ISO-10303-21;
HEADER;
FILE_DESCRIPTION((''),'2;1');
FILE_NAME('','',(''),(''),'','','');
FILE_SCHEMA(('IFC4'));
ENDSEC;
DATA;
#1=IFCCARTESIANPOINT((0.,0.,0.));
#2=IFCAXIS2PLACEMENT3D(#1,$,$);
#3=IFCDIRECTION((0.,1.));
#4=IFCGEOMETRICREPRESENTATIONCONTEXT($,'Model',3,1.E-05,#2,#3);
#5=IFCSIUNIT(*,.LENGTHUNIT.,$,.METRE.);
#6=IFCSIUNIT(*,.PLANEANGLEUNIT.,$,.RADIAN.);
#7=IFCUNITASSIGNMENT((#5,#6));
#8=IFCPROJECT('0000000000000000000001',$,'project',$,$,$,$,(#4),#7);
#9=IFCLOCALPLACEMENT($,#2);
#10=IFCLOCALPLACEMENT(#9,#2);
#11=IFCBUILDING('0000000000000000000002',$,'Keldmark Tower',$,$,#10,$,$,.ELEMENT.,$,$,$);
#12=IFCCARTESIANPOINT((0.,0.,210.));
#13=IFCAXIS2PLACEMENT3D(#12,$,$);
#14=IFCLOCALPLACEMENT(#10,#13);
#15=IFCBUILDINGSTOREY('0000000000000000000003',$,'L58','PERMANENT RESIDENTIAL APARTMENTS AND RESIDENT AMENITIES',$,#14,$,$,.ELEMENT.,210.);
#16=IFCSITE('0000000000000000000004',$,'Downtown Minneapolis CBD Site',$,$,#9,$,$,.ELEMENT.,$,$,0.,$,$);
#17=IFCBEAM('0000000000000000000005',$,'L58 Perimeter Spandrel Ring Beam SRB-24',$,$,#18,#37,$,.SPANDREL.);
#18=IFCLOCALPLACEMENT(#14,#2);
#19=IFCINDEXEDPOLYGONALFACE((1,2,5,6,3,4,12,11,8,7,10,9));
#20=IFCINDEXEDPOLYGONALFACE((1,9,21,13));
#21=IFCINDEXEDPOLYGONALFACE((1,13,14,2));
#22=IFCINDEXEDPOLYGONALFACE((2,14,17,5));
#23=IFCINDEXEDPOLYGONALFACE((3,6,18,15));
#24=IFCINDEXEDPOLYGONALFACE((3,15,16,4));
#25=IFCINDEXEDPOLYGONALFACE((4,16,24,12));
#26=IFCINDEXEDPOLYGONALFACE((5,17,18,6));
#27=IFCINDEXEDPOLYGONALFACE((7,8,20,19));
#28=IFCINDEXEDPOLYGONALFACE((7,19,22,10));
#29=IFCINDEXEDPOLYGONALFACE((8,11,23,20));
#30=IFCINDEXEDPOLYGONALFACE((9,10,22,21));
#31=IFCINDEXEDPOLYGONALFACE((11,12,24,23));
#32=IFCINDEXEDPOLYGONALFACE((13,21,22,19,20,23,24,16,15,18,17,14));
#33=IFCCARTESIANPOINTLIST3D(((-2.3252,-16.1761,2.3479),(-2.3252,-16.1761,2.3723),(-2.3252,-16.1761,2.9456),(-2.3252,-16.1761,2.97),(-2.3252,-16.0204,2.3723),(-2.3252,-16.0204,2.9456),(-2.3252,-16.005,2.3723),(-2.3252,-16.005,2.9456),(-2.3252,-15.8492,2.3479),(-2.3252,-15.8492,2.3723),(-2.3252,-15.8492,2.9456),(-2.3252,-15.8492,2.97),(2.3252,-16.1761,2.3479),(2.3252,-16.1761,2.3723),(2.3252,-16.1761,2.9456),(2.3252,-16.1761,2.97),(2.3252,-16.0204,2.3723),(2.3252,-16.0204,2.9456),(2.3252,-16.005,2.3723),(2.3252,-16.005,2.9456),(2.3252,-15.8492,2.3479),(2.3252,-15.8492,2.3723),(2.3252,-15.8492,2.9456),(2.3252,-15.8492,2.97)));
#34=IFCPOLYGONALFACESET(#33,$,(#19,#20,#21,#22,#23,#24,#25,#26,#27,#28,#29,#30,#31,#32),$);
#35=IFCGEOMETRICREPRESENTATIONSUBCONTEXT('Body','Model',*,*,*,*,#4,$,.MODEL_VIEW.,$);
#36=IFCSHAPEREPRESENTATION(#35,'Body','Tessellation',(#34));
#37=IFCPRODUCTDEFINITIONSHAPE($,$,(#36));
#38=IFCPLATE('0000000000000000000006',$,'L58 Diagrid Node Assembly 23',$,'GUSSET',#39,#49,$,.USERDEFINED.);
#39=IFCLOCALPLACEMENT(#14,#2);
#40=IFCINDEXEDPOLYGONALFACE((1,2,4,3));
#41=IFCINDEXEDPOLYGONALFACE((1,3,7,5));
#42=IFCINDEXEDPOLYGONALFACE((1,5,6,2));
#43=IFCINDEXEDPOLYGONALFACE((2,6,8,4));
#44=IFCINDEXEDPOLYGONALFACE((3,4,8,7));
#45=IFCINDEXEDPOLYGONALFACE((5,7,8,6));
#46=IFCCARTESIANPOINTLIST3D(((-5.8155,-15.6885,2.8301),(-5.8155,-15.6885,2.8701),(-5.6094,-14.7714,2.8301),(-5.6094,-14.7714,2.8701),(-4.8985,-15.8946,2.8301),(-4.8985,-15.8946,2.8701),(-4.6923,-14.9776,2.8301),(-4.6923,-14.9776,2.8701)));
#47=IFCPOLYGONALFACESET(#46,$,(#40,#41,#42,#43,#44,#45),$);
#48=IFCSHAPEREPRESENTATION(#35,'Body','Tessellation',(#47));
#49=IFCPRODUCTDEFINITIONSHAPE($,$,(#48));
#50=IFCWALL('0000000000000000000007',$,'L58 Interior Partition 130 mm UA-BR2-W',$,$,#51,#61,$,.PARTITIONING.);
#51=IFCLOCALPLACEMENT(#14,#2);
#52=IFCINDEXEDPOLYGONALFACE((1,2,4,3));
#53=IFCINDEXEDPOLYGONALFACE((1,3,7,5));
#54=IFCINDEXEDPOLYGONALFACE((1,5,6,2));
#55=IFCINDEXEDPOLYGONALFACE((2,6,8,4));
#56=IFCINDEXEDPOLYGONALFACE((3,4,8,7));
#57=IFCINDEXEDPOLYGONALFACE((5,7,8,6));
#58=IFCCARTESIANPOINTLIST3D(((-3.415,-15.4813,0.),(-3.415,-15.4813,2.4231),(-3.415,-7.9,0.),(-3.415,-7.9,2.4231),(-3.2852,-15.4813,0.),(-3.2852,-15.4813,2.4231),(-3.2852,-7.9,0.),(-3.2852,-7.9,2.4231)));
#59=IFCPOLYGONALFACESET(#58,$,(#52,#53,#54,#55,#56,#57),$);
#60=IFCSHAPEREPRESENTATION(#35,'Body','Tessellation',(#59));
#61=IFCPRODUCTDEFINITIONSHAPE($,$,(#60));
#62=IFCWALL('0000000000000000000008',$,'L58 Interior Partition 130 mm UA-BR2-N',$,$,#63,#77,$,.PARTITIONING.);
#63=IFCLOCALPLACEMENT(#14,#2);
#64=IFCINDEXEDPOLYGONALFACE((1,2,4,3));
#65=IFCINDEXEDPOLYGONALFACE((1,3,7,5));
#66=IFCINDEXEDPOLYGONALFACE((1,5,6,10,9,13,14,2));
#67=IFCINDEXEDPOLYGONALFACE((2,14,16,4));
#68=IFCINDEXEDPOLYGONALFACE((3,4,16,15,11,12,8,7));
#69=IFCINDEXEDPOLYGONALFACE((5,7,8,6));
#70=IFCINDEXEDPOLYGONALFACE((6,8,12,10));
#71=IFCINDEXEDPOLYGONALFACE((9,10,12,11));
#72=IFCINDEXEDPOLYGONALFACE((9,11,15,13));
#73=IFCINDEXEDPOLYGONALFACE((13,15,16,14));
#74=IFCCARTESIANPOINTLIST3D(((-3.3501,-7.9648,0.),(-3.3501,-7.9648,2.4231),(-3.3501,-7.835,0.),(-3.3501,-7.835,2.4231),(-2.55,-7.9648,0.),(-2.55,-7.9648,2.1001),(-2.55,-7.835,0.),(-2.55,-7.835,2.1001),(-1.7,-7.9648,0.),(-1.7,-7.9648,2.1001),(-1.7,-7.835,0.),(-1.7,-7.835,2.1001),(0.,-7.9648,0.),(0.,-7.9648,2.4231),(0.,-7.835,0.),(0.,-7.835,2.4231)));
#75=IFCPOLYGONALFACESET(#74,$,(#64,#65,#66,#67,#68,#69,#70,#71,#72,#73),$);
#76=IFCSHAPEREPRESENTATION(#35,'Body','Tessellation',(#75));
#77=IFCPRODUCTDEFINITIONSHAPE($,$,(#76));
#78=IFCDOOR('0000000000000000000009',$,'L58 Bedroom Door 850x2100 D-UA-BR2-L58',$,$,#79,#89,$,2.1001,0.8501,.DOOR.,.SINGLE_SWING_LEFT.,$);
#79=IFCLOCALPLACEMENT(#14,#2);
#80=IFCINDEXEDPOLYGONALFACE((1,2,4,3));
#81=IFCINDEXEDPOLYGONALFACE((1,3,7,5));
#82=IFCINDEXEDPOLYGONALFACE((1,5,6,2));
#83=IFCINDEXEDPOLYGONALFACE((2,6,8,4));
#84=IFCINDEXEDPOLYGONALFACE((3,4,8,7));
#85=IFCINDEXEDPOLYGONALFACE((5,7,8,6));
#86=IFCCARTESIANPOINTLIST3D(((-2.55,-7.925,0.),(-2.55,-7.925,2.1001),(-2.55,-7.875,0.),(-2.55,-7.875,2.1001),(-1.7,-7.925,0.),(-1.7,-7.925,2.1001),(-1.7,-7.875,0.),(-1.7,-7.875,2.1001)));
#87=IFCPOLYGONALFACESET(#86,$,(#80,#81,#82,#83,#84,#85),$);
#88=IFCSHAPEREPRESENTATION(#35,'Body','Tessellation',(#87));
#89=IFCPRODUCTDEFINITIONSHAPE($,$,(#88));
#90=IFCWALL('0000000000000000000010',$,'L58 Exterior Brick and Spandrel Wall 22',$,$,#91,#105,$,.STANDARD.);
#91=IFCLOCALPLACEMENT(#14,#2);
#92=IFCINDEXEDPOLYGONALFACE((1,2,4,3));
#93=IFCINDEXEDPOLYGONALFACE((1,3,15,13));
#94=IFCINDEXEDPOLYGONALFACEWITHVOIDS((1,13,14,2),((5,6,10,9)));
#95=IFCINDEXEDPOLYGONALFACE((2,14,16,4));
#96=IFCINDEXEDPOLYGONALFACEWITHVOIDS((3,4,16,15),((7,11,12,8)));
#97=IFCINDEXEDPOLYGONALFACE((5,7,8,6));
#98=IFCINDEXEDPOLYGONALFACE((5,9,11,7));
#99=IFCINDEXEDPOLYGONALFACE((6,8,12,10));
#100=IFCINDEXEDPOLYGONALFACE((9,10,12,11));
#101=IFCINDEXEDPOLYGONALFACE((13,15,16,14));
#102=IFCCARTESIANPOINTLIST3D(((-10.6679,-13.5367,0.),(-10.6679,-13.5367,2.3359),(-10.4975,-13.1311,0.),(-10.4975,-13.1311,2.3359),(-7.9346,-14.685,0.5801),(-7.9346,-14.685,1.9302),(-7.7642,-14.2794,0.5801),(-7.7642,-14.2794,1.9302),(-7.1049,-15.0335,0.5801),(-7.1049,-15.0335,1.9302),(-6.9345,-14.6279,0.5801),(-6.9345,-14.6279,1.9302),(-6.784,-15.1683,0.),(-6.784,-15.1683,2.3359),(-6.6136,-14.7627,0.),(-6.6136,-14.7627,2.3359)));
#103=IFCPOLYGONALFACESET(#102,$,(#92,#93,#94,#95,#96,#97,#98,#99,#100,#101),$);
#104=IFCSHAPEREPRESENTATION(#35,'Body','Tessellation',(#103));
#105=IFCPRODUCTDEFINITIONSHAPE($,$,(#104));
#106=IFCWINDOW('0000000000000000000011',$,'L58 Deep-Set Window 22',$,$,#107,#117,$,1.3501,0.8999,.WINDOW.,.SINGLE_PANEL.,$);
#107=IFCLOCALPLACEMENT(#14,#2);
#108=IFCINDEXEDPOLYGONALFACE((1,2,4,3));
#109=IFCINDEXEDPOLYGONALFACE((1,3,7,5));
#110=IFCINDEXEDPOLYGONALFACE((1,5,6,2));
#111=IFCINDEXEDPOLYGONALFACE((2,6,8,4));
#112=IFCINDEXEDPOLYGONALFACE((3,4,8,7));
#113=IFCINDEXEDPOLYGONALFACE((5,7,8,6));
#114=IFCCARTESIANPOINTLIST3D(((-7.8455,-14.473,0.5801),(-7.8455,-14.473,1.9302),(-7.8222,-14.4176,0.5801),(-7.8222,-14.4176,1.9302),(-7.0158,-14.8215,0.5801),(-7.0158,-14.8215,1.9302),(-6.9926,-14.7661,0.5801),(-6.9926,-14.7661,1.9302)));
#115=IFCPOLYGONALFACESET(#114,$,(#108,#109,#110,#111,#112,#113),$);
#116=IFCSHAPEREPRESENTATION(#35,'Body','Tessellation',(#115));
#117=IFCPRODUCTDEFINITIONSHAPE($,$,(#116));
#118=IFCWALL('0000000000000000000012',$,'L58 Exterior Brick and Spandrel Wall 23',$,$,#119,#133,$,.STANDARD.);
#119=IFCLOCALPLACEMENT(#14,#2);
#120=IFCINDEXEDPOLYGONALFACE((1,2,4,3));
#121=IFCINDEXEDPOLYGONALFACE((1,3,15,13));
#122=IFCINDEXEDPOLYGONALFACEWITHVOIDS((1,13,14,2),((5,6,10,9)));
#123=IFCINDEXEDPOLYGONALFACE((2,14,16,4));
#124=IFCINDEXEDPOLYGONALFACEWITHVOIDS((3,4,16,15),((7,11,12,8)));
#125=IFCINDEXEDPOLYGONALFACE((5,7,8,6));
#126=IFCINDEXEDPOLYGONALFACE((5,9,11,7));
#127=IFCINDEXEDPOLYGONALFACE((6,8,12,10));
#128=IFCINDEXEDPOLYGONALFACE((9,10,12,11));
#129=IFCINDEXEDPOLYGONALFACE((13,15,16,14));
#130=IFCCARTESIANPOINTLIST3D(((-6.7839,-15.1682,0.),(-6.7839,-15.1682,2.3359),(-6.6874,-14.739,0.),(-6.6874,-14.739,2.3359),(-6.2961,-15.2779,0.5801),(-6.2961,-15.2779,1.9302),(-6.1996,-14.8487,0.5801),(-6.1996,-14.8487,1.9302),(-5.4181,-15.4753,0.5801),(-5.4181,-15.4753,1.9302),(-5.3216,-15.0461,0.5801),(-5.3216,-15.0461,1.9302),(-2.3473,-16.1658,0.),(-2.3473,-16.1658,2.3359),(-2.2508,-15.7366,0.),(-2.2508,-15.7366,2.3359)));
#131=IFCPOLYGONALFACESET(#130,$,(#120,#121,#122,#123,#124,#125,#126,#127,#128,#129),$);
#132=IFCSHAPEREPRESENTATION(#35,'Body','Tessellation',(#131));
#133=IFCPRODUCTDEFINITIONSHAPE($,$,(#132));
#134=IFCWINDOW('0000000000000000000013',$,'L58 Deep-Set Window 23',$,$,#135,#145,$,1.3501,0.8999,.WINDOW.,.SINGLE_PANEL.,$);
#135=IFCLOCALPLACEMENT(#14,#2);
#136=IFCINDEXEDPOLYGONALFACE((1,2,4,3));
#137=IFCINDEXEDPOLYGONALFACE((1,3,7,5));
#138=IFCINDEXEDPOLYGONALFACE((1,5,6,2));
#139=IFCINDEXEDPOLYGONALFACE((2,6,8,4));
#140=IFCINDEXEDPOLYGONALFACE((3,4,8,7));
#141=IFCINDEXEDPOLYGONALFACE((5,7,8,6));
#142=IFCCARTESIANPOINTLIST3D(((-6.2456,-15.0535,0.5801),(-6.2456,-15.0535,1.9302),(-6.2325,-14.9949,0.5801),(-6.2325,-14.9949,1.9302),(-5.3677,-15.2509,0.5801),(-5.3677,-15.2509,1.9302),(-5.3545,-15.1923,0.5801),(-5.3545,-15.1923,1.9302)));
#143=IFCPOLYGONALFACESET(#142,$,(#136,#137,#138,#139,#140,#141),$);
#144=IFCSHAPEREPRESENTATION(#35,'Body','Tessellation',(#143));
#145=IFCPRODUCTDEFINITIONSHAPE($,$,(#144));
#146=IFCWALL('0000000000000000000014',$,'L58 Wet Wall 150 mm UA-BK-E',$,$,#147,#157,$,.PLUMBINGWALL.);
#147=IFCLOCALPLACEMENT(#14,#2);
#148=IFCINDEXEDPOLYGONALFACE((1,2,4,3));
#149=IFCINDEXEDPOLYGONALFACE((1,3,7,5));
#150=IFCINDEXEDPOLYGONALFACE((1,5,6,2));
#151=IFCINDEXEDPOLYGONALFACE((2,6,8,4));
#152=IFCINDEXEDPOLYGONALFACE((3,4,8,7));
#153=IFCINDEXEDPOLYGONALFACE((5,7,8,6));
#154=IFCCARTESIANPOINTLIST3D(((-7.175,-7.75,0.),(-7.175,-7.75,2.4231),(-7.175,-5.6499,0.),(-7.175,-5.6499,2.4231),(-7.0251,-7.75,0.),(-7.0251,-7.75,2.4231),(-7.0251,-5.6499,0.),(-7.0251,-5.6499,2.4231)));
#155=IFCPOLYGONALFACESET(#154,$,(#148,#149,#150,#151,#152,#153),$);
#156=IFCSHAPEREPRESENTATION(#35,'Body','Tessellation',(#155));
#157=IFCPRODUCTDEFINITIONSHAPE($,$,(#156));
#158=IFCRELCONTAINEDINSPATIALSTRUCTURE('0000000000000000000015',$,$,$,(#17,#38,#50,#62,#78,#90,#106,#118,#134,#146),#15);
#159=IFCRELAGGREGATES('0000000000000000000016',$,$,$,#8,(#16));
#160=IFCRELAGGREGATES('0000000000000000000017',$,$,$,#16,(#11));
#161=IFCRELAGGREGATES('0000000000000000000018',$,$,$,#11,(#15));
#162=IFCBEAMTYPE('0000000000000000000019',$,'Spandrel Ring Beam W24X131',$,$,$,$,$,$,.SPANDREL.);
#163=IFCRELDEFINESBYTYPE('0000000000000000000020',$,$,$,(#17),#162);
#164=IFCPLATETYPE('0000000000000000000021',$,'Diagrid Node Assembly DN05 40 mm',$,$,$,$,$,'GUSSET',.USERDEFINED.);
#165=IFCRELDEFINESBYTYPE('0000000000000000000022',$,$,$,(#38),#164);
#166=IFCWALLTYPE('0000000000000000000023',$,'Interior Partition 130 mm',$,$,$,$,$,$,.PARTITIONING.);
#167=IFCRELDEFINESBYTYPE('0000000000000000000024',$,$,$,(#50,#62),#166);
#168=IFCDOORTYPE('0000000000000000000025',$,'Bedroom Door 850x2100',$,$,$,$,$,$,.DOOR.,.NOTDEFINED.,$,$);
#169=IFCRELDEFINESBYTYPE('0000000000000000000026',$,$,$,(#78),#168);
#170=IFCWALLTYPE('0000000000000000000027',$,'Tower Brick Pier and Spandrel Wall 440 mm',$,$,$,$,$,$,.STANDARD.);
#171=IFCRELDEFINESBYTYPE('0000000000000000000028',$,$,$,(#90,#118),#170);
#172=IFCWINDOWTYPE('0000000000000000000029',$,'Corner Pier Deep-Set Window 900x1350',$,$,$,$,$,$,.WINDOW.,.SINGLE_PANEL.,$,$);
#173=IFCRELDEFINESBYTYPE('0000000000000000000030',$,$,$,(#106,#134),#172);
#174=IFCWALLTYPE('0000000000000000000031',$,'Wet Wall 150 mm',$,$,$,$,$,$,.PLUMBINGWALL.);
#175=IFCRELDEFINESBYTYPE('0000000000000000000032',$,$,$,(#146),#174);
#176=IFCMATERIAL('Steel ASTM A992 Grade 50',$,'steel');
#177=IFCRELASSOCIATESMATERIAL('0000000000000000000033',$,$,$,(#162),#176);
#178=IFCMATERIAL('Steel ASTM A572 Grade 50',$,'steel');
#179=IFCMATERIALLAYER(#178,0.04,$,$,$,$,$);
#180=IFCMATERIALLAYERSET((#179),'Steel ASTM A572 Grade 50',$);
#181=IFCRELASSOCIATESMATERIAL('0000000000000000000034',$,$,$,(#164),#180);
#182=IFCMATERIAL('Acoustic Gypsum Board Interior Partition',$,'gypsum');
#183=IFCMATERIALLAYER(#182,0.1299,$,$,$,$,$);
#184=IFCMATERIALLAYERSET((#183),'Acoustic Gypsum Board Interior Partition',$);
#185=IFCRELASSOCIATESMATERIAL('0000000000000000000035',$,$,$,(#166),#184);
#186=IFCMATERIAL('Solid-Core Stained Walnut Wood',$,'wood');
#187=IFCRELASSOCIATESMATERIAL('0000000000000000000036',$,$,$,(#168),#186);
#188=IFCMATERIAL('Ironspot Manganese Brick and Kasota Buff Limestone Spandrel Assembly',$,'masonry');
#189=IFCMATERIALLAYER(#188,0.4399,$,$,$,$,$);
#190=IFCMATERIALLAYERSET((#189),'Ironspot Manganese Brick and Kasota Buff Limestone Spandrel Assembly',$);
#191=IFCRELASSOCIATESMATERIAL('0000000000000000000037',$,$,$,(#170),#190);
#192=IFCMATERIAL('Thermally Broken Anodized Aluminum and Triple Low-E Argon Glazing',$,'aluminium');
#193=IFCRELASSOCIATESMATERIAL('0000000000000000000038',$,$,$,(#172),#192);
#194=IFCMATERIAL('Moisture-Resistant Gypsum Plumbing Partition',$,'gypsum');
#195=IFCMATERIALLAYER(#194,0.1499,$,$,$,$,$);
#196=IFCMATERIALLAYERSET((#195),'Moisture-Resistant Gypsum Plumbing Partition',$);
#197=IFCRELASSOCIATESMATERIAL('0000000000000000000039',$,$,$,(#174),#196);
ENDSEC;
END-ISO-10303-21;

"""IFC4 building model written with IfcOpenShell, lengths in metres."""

from ifc_helpers import new_model, si_unit, direction, frame, frame_2d, origin, origin_2d, place, context, subcontext, project, spatial, rectangle, i_section, extrude, material, layer, layer_set, material_profile, profile_set, type_object, element, fill, save


model = new_model("IFC4")

# Units and contexts
model_context = context("Model", 3, precision=1e-05, world=origin(), true_north=direction((0.0, 1.0)))
body_context = subcontext(model_context, "Body", "Model", "MODEL_VIEW")
ifc_project = project(units=[si_unit("LENGTHUNIT", "METRE"), si_unit("PLANEANGLEUNIT", "RADIAN")], contexts=[model_context])

# Site, building, storey
site_placement = place(None, origin())
site = spatial("IfcSite", under=ifc_project, at=site_placement, Name="Downtown Minneapolis CBD Site", CompositionType="ELEMENT", RefElevation=0.0)
building_placement = place(site_placement, origin())
building = spatial("IfcBuilding", under=site, at=building_placement, Name="Keldmark Tower", CompositionType="ELEMENT")
storey_placement = place(building_placement, frame((0.0, 0.0, 210.0)))
storey = spatial("IfcBuildingStorey", under=building, at=storey_placement, Name="L58", Description="PERMANENT RESIDENTIAL APARTMENTS AND RESIDENT AMENITIES", CompositionType="ELEMENT", Elevation=210.0)

# Beam
ifc_material_1 = material(Name="Steel ASTM A992 Grade 50", Category="steel")
ifc_material_profile_1 = material_profile(ifc_material_1, i_section(OverallWidth=0.3269, OverallDepth=0.6221, WebThickness=0.0154, FlangeThickness=0.0244, at=origin_2d()), Name="W24X131")
ifc_profile_set_1 = profile_set([ifc_material_profile_1], Name="Steel ASTM A992 Grade 50")
beam_type_1 = type_object("IfcBeamType", Name="Spandrel Ring Beam W24X131", PredefinedType="SPANDREL", material=ifc_profile_set_1)
beam_1_placement = place(storey_placement, frame((-2.3252, -16.0127, 2.6589), z_axis=(1.0, 0.0, 0.0), x_axis=(0.0, 1.0, 0.0)))
element("IfcBeam", 1, at=beam_1_placement, inside=storey, type_object=beam_type_1, Name="L58 Perimeter Spandrel Ring Beam SRB-24", PredefinedType="SPANDREL", context=body_context, shape_type="SweptSolid", body=[
    extrude(i_section(OverallWidth=0.3269, OverallDepth=0.6221, WebThickness=0.0154, FlangeThickness=0.0244, at=origin_2d()), origin(), (0.0, 0.0, 1.0), 4.6504),
])

# Plate
ifc_material_2 = material(Name="Steel ASTM A572 Grade 50", Category="steel")
ifc_layer_1 = layer(ifc_material_2, 0.04)
ifc_layer_set_1 = layer_set([ifc_layer_1], Name="Steel ASTM A572 Grade 50")
plate_type = type_object("IfcPlateType", Name="Diagrid Node Assembly DN05 40 mm", ElementType="GUSSET", PredefinedType="USERDEFINED", material=ifc_layer_set_1)
plate_placement = place(storey_placement, frame((-5.2539, -15.333, 2.8301), z_axis=(0.0, 0.0, 1.0), x_axis=(0.97565, -0.219335, 0.0)))
element("IfcPlate", 2, at=plate_placement, inside=storey, type_object=plate_type, Name="L58 Diagrid Node Assembly 23", ObjectType="GUSSET", PredefinedType="USERDEFINED", context=body_context, shape_type="SweptSolid", body=[
    extrude(rectangle(XDim=0.9399, YDim=0.9399, at=origin_2d()), origin(), (0.0, 0.0, 1.0), 0.04),
])

# Wall
ifc_material_3 = material(Name="Acoustic Gypsum Board Interior Partition", Category="gypsum")
ifc_layer_2 = layer(ifc_material_3, 0.1299)
ifc_layer_set_2 = layer_set([ifc_layer_2], Name="Acoustic Gypsum Board Interior Partition")
wall_type_1 = type_object("IfcWallType", Name="Interior Partition 130 mm", PredefinedType="PARTITIONING", material=ifc_layer_set_2)
wall_1_placement = place(storey_placement, frame((-3.3501, -15.4812, 0.0), z_axis=(0.0, 0.0, 1.0), x_axis=(0.0, 1.0, 0.0)))
element("IfcWall", 3, at=wall_1_placement, inside=storey, type_object=wall_type_1, Name="L58 Interior Partition 130 mm UA-BR2-W", PredefinedType="PARTITIONING", context=body_context, shape_type="SweptSolid", body=[
    extrude(rectangle(XDim=7.5813, YDim=0.1299, at=frame_2d((3.7905, 0.0))), origin(), (0.0, 0.0, 1.0), 2.4231),
])

# Wall, opening, door
wall_2_placement = place(storey_placement, frame((-3.3501, -7.8999, 0.0), z_axis=(0.0, 0.0, 1.0), x_axis=(1.0, 0.0, 0.0)))
wall_2 = element("IfcWall", 4, at=wall_2_placement, inside=storey, type_object=wall_type_1, Name="L58 Interior Partition 130 mm UA-BR2-N", PredefinedType="PARTITIONING", context=body_context, shape_type="SweptSolid", body=[
    extrude(rectangle(XDim=3.3501, YDim=0.1299, at=frame_2d((1.675, 0.0))), origin(), (0.0, 0.0, 1.0), 2.4231),
])
opening_1_placement = place(wall_2_placement, frame((0.8, 0.0, 0.0)))
opening_1 = element("IfcOpeningElement", 5, at=opening_1_placement, cuts=wall_2, PredefinedType="OPENING", context=body_context, shape_type="SweptSolid", body=[
    extrude(rectangle(XDim=0.8501, YDim=2.1001, at=frame_2d((0.425, 1.05))), frame((0.0, 0.075, 0.0), z_axis=(0.0, -1.0, 0.0), x_axis=(1.0, 0.0, 0.0)), (0.0, 0.0, 1.0), 0.1499),
])
ifc_material_4 = material(Name="Solid-Core Stained Walnut Wood", Category="wood")
door_type = type_object("IfcDoorType", Name="Bedroom Door 850x2100", OperationType="NOTDEFINED", PredefinedType="DOOR", material=ifc_material_4)
door_placement = place(opening_1_placement, origin())
door = element("IfcDoor", 6, at=door_placement, inside=storey, type_object=door_type, Name="L58 Bedroom Door 850x2100 D-UA-BR2-L58", OperationType="SINGLE_SWING_LEFT", OverallHeight=2.1001, OverallWidth=0.8501, PredefinedType="DOOR", context=body_context, shape_type="SweptSolid", body=[
    extrude(rectangle(XDim=0.8501, YDim=2.1001, at=frame_2d((0.425, 1.05))), frame((0.0, 0.0249, 0.0), z_axis=(0.0, -1.0, 0.0), x_axis=(1.0, 0.0, 0.0)), (0.0, 0.0, 1.0), 0.05),
])
fill(opening_1, door)

# Walls, openings, windows
ifc_material_5 = material(Name="Ironspot Manganese Brick and Kasota Buff Limestone Spandrel Assembly", Category="masonry")
ifc_layer_3 = layer(ifc_material_5, 0.4399)
ifc_layer_set_3 = layer_set([ifc_layer_3], Name="Ironspot Manganese Brick and Kasota Buff Limestone Spandrel Assembly")
wall_type_2 = type_object("IfcWallType", Name="Tower Brick Pier and Spandrel Wall 440 mm", PredefinedType="STANDARD", material=ifc_layer_set_3)
wall_3_placement = place(storey_placement, frame((-6.6987, -14.9656, 0.0), z_axis=(0.0, 0.0, 1.0), x_axis=(-0.921948, 0.387313, 0.0)))
wall_3 = element("IfcWall", 7, at=wall_3_placement, inside=storey, type_object=wall_type_2, Name="L58 Exterior Brick and Spandrel Wall 22", PredefinedType="STANDARD", context=body_context, shape_type="SweptSolid", body=[
    extrude(rectangle(XDim=4.2126, YDim=0.4399, at=frame_2d((2.1064, 0.0))), origin(), (0.0, 0.0, 1.0), 2.3359),
])
opening_2_placement = place(wall_3_placement, frame((0.3481, 0.0, 0.5801)))
opening_2 = element("IfcOpeningElement", 8, at=opening_2_placement, cuts=wall_3, PredefinedType="OPENING", context=body_context, shape_type="SweptSolid", body=[
    extrude(rectangle(XDim=0.8999, YDim=1.3501, at=frame_2d((0.45, 0.675))), frame((0.0, 0.23, 0.0), z_axis=(0.0, -1.0, 0.0), x_axis=(1.0, 0.0, 0.0)), (0.0, 0.0, 1.0), 0.46),
])
ifc_material_6 = material(Name="Thermally Broken Anodized Aluminum and Triple Low-E Argon Glazing", Category="aluminium")
window_type = type_object("IfcWindowType", Name="Corner Pier Deep-Set Window 900x1350", PartitioningType="SINGLE_PANEL", PredefinedType="WINDOW", material=ifc_material_6)
window_1_placement = place(opening_2_placement, origin())
window_1 = element("IfcWindow", 9, at=window_1_placement, inside=storey, type_object=window_type, Name="L58 Deep-Set Window 22", OverallHeight=1.3501, OverallWidth=0.8999, PartitioningType="SINGLE_PANEL", PredefinedType="WINDOW", context=body_context, shape_type="SweptSolid", body=[
    extrude(rectangle(XDim=0.8999, YDim=1.3501, at=frame_2d((0.45, 0.675))), frame((0.0, -0.01, 0.0), z_axis=(0.0, -1.0, 0.0), x_axis=(1.0, 0.0, 0.0)), (0.0, 0.0, 1.0), 0.0601),
])
fill(opening_2, window_1)
wall_4_placement = place(storey_placement, frame((-2.2991, -15.9512, 0.0), z_axis=(0.0, 0.0, 1.0), x_axis=(-0.975641, 0.219374, 0.0)))
wall_4 = element("IfcWall", 10, at=wall_4_placement, inside=storey, type_object=wall_type_2, Name="L58 Exterior Brick and Spandrel Wall 23", PredefinedType="STANDARD", context=body_context, shape_type="SweptSolid", body=[
    extrude(rectangle(XDim=4.5474, YDim=0.4399, at=frame_2d((2.2737, 0.0))), origin(), (0.0, 0.0, 1.0), 2.3359),
])
opening_3_placement = place(wall_4_placement, frame((3.1475, 0.0, 0.5801)))
opening_3 = element("IfcOpeningElement", 11, at=opening_3_placement, cuts=wall_4, PredefinedType="OPENING", context=body_context, shape_type="SweptSolid", body=[
    extrude(rectangle(XDim=0.8999, YDim=1.3501, at=frame_2d((0.45, 0.675))), frame((0.0, 0.23, 0.0), z_axis=(0.0, -1.0, 0.0), x_axis=(1.0, 0.0, 0.0)), (0.0, 0.0, 1.0), 0.46),
])
window_2_placement = place(opening_3_placement, origin())
window_2 = element("IfcWindow", 12, at=window_2_placement, inside=storey, type_object=window_type, Name="L58 Deep-Set Window 23", OverallHeight=1.3501, OverallWidth=0.8999, PartitioningType="SINGLE_PANEL", PredefinedType="WINDOW", context=body_context, shape_type="SweptSolid", body=[
    extrude(rectangle(XDim=0.8999, YDim=1.3501, at=frame_2d((0.45, 0.675))), frame((0.0, -0.01, 0.0), z_axis=(0.0, -1.0, 0.0), x_axis=(1.0, 0.0, 0.0)), (0.0, 0.0, 1.0), 0.0601),
])
fill(opening_3, window_2)

# Wall
ifc_material_7 = material(Name="Moisture-Resistant Gypsum Plumbing Partition", Category="gypsum")
ifc_layer_4 = layer(ifc_material_7, 0.1499)
ifc_layer_set_4 = layer_set([ifc_layer_4], Name="Moisture-Resistant Gypsum Plumbing Partition")
wall_type_3 = type_object("IfcWallType", Name="Wet Wall 150 mm", PredefinedType="PLUMBINGWALL", material=ifc_layer_set_4)
wall_5_placement = place(storey_placement, frame((-7.1001, -7.75, 0.0), z_axis=(0.0, 0.0, 1.0), x_axis=(0.0, 1.0, 0.0)))
element("IfcWall", 13, at=wall_5_placement, inside=storey, type_object=wall_type_3, Name="L58 Wet Wall 150 mm UA-BK-E", PredefinedType="PLUMBINGWALL", context=body_context, shape_type="SweptSolid", body=[
    extrude(rectangle(XDim=2.1001, YDim=0.1499, at=frame_2d((1.05, 0.0))), origin(), (0.0, 0.0, 1.0), 2.4231),
])

save(model, "model.ifc")
